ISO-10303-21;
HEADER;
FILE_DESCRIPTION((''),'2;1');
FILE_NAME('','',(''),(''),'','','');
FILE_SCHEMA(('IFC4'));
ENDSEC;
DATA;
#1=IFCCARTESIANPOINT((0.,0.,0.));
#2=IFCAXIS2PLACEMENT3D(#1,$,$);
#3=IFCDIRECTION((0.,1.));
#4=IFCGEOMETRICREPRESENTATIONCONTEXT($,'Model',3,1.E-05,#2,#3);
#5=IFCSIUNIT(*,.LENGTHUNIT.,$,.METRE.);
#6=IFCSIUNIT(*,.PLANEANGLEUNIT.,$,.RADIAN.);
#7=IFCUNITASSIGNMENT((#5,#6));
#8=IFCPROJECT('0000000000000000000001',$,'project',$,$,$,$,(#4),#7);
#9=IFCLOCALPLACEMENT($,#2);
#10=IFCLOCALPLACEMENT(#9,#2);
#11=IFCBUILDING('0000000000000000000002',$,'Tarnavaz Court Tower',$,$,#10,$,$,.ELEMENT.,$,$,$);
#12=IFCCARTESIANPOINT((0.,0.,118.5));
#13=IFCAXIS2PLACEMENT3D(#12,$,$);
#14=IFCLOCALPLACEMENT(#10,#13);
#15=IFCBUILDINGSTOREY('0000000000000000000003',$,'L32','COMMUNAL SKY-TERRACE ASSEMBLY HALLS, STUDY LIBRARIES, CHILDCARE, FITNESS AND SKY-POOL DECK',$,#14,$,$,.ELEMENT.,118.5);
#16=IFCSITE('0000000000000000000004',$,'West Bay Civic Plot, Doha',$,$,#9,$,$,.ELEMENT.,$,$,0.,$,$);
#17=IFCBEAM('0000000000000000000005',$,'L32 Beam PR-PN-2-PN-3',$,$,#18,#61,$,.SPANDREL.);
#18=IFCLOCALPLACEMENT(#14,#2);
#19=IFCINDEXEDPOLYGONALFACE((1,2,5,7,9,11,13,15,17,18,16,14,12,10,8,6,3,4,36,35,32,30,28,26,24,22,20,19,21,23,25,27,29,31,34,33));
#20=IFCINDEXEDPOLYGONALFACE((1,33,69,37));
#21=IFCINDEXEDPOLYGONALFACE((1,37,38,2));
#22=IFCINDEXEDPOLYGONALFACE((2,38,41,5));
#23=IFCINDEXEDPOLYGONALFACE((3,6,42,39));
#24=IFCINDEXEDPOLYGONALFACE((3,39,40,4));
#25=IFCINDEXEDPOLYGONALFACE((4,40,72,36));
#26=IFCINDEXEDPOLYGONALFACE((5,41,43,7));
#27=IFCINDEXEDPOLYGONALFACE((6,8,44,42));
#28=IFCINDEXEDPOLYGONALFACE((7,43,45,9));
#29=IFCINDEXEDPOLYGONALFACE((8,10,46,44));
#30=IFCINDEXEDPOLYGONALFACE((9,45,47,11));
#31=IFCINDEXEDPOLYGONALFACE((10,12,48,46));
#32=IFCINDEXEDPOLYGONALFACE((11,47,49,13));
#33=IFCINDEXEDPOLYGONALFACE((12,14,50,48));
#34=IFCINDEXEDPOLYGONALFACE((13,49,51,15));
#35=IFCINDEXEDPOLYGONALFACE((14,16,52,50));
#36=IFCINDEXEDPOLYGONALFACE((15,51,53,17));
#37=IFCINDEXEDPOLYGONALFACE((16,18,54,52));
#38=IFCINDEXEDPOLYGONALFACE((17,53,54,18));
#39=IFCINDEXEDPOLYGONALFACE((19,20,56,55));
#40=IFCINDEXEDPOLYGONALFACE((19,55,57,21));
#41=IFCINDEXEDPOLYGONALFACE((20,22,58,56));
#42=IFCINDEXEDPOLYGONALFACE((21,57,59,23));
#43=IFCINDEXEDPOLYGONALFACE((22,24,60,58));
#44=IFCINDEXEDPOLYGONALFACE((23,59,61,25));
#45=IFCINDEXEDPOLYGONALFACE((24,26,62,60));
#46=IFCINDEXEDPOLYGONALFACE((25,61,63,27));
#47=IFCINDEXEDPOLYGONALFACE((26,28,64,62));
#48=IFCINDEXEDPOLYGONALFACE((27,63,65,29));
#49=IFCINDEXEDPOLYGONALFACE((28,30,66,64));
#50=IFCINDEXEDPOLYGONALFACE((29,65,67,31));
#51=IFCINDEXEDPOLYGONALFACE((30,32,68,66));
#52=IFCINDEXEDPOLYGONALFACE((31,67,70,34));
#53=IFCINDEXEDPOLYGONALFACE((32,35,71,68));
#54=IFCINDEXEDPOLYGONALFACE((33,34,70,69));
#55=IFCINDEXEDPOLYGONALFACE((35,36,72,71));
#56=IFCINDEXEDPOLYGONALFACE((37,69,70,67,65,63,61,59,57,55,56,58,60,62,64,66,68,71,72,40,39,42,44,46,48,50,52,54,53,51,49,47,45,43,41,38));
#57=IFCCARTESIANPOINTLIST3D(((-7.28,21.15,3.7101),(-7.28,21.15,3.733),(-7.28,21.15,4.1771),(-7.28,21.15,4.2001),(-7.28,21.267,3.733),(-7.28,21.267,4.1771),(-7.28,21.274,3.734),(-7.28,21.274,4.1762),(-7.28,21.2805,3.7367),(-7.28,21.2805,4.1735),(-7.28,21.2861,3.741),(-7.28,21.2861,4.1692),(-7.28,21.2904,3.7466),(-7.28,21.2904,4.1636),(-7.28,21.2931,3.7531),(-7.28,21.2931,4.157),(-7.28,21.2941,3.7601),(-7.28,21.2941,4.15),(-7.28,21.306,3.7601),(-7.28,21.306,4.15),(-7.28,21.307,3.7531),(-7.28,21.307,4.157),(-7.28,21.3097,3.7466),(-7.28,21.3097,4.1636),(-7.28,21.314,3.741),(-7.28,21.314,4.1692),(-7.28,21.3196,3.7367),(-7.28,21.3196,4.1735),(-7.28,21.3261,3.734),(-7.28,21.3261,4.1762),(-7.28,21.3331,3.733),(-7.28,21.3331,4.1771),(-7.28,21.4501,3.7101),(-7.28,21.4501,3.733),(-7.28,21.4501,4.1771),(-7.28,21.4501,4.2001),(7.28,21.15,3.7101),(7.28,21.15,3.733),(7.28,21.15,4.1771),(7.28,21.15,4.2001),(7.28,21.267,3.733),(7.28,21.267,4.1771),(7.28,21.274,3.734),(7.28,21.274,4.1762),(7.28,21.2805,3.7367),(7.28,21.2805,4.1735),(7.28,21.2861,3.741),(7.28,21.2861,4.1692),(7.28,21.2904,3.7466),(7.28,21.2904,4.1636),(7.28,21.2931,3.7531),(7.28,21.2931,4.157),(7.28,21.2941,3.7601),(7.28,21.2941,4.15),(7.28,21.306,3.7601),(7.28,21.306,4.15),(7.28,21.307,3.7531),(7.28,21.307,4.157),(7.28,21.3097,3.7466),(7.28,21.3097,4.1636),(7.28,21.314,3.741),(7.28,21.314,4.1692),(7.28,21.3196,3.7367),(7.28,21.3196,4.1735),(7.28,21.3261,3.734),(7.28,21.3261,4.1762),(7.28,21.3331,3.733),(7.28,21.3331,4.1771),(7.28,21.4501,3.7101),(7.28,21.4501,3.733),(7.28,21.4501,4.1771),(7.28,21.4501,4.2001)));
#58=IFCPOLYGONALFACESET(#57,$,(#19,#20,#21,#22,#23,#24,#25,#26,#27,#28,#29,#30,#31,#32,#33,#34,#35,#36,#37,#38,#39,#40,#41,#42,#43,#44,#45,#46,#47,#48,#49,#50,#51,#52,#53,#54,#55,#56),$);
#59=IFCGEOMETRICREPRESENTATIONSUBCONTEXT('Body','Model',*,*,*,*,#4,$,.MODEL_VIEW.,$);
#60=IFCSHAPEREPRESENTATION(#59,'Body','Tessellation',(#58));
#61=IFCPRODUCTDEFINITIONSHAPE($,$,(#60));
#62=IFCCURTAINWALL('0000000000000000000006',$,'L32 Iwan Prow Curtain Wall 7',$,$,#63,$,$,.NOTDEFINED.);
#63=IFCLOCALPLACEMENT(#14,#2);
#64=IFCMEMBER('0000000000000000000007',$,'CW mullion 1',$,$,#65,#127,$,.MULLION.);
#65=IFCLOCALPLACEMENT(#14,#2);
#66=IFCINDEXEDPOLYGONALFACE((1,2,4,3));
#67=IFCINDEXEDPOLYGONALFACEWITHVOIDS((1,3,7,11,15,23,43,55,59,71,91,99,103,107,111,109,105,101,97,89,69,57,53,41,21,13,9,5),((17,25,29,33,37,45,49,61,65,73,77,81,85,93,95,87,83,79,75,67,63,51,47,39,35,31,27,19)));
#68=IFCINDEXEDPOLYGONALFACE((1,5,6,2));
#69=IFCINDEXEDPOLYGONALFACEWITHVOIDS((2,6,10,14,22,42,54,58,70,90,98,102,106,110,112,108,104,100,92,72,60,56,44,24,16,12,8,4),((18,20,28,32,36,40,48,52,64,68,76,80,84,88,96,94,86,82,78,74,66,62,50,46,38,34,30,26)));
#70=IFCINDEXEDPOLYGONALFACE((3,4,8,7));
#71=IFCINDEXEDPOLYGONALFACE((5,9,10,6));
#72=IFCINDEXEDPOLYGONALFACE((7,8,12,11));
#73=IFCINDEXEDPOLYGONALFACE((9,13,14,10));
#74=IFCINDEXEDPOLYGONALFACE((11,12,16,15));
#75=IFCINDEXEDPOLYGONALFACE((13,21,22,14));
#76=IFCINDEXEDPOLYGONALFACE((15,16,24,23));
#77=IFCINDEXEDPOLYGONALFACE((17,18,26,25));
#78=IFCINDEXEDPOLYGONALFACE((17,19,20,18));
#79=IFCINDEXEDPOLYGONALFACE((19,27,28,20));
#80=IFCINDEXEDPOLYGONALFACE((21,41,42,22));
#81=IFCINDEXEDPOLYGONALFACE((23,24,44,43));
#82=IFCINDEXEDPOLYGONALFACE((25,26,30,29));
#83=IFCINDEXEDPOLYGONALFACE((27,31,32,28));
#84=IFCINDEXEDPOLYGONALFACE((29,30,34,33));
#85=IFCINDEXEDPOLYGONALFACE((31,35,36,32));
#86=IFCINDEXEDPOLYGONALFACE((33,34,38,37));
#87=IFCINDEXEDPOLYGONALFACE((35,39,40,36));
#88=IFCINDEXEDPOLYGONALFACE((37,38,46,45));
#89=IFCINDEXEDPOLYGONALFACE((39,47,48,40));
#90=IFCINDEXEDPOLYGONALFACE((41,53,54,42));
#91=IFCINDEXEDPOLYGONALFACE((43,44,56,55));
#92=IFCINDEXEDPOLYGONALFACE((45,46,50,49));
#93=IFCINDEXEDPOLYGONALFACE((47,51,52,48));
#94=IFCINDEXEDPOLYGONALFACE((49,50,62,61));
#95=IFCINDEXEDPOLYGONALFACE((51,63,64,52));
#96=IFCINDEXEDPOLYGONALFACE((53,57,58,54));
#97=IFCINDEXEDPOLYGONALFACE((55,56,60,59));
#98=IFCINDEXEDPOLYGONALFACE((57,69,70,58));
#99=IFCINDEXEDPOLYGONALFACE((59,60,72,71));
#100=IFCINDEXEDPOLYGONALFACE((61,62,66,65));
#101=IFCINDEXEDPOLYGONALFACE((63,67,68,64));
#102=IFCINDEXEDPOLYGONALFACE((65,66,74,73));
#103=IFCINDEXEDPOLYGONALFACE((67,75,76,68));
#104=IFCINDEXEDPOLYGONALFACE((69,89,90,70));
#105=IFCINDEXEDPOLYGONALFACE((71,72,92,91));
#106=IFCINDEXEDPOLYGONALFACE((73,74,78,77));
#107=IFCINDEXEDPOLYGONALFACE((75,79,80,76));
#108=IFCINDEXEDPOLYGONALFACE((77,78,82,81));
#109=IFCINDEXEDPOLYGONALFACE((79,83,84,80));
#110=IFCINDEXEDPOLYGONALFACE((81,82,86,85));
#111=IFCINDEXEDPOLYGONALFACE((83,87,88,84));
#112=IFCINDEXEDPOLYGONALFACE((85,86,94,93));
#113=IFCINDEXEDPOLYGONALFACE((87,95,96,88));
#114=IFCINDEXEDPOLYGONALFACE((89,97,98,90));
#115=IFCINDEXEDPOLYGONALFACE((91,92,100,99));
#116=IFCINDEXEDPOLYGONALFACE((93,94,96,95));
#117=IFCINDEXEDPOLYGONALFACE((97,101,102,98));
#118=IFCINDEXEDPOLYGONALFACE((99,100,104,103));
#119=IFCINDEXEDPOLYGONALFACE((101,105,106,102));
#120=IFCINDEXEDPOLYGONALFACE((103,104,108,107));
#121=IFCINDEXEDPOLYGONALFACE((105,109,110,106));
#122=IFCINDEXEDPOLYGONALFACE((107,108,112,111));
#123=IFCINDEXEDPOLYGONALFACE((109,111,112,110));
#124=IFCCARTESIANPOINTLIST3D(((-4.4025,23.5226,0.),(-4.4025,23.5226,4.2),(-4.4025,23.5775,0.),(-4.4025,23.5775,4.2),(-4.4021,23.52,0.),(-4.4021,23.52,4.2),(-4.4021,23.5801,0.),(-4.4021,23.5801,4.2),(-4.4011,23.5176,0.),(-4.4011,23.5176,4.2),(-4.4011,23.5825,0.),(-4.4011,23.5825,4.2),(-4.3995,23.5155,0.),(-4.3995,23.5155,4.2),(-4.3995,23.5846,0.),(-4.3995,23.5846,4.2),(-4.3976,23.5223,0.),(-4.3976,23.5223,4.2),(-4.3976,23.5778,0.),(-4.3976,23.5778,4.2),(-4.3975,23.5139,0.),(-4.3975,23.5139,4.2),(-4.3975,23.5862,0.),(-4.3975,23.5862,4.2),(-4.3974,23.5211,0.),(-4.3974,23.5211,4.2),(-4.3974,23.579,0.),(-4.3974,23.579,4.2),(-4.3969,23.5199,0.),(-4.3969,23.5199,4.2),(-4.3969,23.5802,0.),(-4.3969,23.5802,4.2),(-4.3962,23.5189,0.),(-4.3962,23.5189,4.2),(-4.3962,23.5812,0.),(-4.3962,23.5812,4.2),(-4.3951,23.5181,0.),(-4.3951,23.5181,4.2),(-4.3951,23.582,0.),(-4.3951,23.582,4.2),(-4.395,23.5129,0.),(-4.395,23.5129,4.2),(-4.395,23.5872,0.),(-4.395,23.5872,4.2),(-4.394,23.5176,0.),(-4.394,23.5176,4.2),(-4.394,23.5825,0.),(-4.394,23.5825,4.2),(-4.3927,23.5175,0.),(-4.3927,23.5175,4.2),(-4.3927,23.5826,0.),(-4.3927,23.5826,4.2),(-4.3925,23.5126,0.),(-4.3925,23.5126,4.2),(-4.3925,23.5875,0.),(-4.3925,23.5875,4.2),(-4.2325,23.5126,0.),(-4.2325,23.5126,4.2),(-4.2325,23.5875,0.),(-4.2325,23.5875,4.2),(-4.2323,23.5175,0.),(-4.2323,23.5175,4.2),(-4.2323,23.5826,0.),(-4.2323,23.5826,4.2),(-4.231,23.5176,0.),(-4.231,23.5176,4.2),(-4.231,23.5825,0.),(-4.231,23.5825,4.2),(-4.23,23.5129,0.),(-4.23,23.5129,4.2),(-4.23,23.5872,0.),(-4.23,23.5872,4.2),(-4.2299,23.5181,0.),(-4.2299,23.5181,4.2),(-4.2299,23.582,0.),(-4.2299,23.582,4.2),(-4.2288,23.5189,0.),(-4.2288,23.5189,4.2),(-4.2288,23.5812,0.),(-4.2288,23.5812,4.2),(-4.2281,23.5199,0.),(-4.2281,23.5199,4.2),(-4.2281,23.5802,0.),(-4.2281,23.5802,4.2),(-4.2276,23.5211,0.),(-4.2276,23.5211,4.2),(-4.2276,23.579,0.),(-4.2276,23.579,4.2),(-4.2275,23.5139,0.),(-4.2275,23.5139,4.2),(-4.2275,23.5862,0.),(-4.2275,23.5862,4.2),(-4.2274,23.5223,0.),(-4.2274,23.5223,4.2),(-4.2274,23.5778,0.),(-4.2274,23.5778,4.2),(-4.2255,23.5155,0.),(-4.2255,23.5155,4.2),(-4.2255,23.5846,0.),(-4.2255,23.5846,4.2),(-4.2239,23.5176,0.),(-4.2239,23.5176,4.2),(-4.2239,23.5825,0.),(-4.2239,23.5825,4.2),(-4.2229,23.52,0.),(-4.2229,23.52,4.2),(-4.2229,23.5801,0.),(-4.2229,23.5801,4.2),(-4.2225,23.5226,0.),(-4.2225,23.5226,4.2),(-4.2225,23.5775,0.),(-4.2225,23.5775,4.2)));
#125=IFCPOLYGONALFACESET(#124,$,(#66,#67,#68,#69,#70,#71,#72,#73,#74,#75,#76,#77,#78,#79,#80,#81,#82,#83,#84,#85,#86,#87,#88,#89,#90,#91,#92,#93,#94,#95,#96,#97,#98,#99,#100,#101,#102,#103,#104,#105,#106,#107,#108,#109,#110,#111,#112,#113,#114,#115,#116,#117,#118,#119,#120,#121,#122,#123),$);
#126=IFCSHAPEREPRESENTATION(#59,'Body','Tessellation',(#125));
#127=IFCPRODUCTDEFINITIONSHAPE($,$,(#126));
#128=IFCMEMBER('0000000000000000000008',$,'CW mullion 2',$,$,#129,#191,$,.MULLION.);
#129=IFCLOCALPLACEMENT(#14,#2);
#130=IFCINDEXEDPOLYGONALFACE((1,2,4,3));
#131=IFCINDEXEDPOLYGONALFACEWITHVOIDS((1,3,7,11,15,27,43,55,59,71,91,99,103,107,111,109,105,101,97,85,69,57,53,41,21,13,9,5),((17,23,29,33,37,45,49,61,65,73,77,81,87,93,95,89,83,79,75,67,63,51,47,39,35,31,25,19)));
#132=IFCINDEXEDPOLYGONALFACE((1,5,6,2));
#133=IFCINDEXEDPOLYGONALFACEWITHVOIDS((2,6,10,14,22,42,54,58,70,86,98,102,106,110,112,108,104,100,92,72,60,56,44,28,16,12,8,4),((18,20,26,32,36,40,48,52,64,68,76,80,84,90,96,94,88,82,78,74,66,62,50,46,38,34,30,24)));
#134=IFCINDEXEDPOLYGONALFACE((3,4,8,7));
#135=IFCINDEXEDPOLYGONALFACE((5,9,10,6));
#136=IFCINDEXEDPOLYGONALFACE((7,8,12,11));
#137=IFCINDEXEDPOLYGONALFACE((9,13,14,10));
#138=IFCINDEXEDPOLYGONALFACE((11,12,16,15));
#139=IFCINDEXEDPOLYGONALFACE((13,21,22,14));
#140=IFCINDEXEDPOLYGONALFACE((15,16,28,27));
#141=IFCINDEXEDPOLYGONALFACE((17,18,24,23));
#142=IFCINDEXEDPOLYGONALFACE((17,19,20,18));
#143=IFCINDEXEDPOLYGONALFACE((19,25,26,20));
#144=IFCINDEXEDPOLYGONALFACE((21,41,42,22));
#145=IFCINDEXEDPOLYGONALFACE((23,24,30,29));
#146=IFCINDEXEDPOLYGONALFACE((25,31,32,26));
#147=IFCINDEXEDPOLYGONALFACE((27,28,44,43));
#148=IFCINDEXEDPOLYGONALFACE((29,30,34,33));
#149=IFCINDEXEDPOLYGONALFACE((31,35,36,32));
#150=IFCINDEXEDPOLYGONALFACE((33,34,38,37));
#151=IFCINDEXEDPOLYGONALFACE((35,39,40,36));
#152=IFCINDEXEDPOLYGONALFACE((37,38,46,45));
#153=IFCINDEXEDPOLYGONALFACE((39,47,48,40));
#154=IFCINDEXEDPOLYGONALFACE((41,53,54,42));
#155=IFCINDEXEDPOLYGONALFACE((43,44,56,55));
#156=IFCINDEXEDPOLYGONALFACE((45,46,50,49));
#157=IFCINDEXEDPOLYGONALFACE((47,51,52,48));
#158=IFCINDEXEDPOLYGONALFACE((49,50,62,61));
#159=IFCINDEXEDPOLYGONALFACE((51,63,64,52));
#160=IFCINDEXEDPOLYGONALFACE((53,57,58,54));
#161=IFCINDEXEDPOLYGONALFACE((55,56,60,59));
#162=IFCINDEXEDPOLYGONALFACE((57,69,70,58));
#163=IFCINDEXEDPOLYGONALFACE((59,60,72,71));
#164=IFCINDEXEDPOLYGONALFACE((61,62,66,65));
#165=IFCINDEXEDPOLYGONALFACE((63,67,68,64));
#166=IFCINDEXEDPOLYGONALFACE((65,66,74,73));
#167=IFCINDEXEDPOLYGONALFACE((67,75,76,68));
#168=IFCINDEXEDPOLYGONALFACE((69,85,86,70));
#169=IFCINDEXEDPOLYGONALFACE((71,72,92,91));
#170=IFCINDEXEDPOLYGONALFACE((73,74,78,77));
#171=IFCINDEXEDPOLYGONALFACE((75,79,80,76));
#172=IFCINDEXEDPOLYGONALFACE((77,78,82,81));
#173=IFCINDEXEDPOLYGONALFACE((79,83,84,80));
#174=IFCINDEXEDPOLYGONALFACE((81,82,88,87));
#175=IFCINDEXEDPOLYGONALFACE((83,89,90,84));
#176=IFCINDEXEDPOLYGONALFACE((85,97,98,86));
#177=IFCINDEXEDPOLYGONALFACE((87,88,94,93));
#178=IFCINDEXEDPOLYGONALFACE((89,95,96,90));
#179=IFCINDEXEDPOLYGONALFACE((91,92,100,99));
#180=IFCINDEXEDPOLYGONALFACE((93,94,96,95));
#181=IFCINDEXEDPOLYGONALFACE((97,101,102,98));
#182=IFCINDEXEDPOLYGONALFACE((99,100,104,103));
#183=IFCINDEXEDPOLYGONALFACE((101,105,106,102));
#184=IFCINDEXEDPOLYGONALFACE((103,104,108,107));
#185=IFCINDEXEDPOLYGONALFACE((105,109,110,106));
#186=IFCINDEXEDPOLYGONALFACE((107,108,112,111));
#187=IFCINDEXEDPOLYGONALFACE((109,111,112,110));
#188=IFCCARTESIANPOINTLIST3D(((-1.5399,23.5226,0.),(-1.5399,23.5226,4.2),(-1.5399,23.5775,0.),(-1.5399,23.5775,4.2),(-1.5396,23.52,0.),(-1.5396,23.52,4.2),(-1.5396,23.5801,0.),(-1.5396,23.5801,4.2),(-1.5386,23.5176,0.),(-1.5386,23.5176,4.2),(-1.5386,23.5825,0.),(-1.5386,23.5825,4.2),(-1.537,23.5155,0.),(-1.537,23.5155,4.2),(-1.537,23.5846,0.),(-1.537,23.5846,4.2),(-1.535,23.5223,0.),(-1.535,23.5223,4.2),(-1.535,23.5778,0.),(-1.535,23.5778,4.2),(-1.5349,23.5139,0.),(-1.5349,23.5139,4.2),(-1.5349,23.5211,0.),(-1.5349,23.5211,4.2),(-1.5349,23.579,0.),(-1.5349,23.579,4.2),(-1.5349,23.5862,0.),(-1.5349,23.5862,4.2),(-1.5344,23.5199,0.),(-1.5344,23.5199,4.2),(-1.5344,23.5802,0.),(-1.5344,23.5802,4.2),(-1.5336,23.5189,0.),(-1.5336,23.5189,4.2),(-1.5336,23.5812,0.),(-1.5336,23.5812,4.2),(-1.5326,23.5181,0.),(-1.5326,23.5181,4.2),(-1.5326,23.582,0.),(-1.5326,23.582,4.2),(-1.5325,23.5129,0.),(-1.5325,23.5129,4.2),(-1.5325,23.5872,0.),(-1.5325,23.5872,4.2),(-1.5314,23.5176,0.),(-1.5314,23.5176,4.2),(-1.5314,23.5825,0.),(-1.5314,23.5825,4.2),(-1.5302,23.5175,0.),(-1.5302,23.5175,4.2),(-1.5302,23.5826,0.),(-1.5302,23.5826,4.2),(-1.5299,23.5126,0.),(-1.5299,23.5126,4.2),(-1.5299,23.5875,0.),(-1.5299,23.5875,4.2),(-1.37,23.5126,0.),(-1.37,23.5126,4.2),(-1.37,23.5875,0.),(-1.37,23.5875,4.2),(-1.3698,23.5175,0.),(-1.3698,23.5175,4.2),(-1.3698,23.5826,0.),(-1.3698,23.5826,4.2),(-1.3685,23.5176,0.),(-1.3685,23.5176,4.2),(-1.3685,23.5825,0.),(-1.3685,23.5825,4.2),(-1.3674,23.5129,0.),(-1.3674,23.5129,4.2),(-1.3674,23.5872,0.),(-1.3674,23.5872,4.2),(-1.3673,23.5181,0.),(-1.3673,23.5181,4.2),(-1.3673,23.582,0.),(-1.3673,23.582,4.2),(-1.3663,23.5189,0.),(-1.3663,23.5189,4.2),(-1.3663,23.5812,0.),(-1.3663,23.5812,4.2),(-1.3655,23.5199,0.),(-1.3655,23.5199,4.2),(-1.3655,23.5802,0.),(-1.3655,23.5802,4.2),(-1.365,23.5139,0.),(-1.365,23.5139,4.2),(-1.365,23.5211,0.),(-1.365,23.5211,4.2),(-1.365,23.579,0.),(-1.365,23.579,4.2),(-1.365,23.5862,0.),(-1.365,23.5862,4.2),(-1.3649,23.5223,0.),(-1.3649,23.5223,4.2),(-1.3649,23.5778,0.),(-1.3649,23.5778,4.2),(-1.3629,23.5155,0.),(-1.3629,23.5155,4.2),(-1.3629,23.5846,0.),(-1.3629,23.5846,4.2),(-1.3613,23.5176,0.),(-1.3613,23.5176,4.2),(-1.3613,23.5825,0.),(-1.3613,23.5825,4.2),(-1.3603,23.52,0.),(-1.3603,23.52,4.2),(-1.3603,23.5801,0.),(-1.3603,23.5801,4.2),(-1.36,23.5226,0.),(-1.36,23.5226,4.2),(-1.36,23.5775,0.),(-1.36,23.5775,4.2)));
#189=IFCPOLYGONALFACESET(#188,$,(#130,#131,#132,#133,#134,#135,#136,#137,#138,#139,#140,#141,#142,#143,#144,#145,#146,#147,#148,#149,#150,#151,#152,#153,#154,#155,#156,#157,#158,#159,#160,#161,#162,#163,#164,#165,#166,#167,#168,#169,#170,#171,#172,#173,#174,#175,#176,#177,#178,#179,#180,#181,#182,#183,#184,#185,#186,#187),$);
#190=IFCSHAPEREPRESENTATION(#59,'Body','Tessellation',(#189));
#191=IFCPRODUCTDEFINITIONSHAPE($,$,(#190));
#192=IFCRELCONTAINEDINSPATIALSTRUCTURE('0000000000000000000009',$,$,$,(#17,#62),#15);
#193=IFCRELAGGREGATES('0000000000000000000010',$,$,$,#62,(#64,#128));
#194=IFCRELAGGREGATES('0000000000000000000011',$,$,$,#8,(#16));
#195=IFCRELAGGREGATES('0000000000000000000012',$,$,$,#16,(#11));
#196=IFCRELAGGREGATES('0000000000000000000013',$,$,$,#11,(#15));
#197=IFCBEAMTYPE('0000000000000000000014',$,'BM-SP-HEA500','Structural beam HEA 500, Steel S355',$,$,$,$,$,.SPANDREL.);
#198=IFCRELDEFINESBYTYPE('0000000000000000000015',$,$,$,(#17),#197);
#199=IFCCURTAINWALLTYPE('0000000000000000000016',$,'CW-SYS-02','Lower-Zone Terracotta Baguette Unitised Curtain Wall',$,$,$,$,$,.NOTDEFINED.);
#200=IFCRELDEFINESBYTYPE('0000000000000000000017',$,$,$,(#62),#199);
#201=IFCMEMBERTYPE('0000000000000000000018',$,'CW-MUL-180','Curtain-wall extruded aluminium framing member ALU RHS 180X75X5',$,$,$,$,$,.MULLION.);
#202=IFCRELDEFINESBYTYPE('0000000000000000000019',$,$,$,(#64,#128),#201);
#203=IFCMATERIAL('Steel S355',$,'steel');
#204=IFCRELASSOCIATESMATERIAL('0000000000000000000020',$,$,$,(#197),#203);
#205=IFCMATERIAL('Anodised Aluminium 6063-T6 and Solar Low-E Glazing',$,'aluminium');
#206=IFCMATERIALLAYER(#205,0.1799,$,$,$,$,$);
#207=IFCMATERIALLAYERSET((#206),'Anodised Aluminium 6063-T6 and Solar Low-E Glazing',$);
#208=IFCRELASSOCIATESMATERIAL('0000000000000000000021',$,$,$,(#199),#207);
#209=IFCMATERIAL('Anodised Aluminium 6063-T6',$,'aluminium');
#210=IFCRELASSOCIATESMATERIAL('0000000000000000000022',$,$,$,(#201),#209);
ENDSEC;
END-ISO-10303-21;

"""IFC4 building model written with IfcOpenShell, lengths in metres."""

from ifc_helpers import new_model, si_unit, direction, frame, origin, origin_2d, place, context, subcontext, project, spatial, hollow_rectangle, i_section, extrude, material, layer, layer_set, material_profile, profile_set, type_object, element, aggregate, save


model = new_model("IFC4")

# Units and contexts
model_context = context("Model", 3, precision=1e-05, world=origin(), true_north=direction((0.0, 1.0)))
body_context = subcontext(model_context, "Body", "Model", "MODEL_VIEW")
ifc_project = project(units=[si_unit("LENGTHUNIT", "METRE"), si_unit("PLANEANGLEUNIT", "RADIAN")], contexts=[model_context])

# Site, building, storey
site_placement = place(None, origin())
site = spatial("IfcSite", under=ifc_project, at=site_placement, Name="West Bay Civic Plot, Doha", CompositionType="ELEMENT", RefElevation=0.0)
building_placement = place(site_placement, origin())
building = spatial("IfcBuilding", under=site, at=building_placement, Name="Tarnavaz Court Tower", CompositionType="ELEMENT")
storey_placement = place(building_placement, frame((0.0, 0.0, 118.5)))
storey = spatial("IfcBuildingStorey", under=building, at=storey_placement, Name="L32", Description="COMMUNAL SKY-TERRACE ASSEMBLY HALLS, STUDY LIBRARIES, CHILDCARE, FITNESS AND SKY-POOL DECK", CompositionType="ELEMENT", Elevation=118.5)

# Beam
ifc_material_1 = material(Name="Steel S355", Category="steel")
ifc_material_profile_1 = material_profile(ifc_material_1, i_section(OverallWidth=0.3, OverallDepth=0.49, WebThickness=0.012, FlangeThickness=0.0229, FilletRadius=0.0271, at=origin_2d()), Name="HEA 500")
ifc_profile_set_1 = profile_set([ifc_material_profile_1], Name="Steel S355")
beam_type_1 = type_object("IfcBeamType", Name="BM-SP-HEA500", Description="Structural beam HEA 500, Steel S355", PredefinedType="SPANDREL", material=ifc_profile_set_1)
beam_1_placement = place(storey_placement, frame((-7.28, 21.3, 3.9551), z_axis=(1.0, 0.0, 0.0), x_axis=(0.0, 1.0, 0.0)))
element("IfcBeam", 1, at=beam_1_placement, inside=storey, type_object=beam_type_1, Name="L32 Beam PR-PN-2-PN-3", PredefinedType="SPANDREL", context=body_context, shape_type="SweptSolid", body=[
    extrude(i_section(OverallWidth=0.3, OverallDepth=0.49, WebThickness=0.012, FlangeThickness=0.0229, FilletRadius=0.0271, at=origin_2d()), origin(), (0.0, 0.0, 1.0), 14.5601),
])

# Curtain wall, members
ifc_material_2 = material(Name="Anodised Aluminium 6063-T6 and Solar Low-E Glazing", Category="aluminium")
ifc_layer_1 = layer(ifc_material_2, 0.1799)
ifc_layer_set_1 = layer_set([ifc_layer_1], Name="Anodised Aluminium 6063-T6 and Solar Low-E Glazing")
curtain_wall_type = type_object("IfcCurtainWallType", Name="CW-SYS-02", Description="Lower-Zone Terracotta Baguette Unitised Curtain Wall", PredefinedType="NOTDEFINED", material=ifc_layer_set_1)
curtain_wall_placement = place(storey_placement, origin())
curtain_wall = element("IfcCurtainWall", 2, at=curtain_wall_placement, inside=storey, type_object=curtain_wall_type, Name="L32 Iwan Prow Curtain Wall 7", PredefinedType="NOTDEFINED")
ifc_material_3 = material(Name="Anodised Aluminium 6063-T6", Category="aluminium")
ifc_material_profile_2 = material_profile(ifc_material_3, hollow_rectangle(XDim=0.075, YDim=0.1799, WallThickness=0.0049, InnerFilletRadius=0.0049, OuterFilletRadius=0.01, at=origin_2d()), Name="ALU RHS 180X75X5")
ifc_profile_set_2 = profile_set([ifc_material_profile_2], Name="Anodised Aluminium 6063-T6")
member_type_1 = type_object("IfcMemberType", Name="CW-MUL-180", Description="Curtain-wall extruded aluminium framing member ALU RHS 180X75X5", PredefinedType="MULLION", material=ifc_profile_set_2)
member_1_placement = place(storey_placement, frame((-4.3125, 23.55, 0.0), z_axis=(0.0, 0.0, 1.0), x_axis=(0.0, 1.0, 0.0)))
member_1 = element("IfcMember", 3, at=member_1_placement, type_object=member_type_1, Name="CW mullion 1", PredefinedType="MULLION", context=body_context, shape_type="SweptSolid", body=[
    extrude(hollow_rectangle(XDim=0.075, YDim=0.1799, WallThickness=0.0049, InnerFilletRadius=0.0049, OuterFilletRadius=0.01, at=origin_2d()), origin(), (0.0, 0.0, 1.0), 4.2),
])
member_2_placement = place(storey_placement, frame((-1.45, 23.55, 0.0), z_axis=(0.0, 0.0, 1.0), x_axis=(0.0, 1.0, 0.0)))
member_2 = element("IfcMember", 4, at=member_2_placement, type_object=member_type_1, Name="CW mullion 2", PredefinedType="MULLION", context=body_context, shape_type="SweptSolid", body=[
    extrude(hollow_rectangle(XDim=0.075, YDim=0.1799, WallThickness=0.0049, InnerFilletRadius=0.0049, OuterFilletRadius=0.01, at=origin_2d()), origin(), (0.0, 0.0, 1.0), 4.2),
])
aggregate(curtain_wall, [member_1, member_2])

save(model, "model.ifc")
